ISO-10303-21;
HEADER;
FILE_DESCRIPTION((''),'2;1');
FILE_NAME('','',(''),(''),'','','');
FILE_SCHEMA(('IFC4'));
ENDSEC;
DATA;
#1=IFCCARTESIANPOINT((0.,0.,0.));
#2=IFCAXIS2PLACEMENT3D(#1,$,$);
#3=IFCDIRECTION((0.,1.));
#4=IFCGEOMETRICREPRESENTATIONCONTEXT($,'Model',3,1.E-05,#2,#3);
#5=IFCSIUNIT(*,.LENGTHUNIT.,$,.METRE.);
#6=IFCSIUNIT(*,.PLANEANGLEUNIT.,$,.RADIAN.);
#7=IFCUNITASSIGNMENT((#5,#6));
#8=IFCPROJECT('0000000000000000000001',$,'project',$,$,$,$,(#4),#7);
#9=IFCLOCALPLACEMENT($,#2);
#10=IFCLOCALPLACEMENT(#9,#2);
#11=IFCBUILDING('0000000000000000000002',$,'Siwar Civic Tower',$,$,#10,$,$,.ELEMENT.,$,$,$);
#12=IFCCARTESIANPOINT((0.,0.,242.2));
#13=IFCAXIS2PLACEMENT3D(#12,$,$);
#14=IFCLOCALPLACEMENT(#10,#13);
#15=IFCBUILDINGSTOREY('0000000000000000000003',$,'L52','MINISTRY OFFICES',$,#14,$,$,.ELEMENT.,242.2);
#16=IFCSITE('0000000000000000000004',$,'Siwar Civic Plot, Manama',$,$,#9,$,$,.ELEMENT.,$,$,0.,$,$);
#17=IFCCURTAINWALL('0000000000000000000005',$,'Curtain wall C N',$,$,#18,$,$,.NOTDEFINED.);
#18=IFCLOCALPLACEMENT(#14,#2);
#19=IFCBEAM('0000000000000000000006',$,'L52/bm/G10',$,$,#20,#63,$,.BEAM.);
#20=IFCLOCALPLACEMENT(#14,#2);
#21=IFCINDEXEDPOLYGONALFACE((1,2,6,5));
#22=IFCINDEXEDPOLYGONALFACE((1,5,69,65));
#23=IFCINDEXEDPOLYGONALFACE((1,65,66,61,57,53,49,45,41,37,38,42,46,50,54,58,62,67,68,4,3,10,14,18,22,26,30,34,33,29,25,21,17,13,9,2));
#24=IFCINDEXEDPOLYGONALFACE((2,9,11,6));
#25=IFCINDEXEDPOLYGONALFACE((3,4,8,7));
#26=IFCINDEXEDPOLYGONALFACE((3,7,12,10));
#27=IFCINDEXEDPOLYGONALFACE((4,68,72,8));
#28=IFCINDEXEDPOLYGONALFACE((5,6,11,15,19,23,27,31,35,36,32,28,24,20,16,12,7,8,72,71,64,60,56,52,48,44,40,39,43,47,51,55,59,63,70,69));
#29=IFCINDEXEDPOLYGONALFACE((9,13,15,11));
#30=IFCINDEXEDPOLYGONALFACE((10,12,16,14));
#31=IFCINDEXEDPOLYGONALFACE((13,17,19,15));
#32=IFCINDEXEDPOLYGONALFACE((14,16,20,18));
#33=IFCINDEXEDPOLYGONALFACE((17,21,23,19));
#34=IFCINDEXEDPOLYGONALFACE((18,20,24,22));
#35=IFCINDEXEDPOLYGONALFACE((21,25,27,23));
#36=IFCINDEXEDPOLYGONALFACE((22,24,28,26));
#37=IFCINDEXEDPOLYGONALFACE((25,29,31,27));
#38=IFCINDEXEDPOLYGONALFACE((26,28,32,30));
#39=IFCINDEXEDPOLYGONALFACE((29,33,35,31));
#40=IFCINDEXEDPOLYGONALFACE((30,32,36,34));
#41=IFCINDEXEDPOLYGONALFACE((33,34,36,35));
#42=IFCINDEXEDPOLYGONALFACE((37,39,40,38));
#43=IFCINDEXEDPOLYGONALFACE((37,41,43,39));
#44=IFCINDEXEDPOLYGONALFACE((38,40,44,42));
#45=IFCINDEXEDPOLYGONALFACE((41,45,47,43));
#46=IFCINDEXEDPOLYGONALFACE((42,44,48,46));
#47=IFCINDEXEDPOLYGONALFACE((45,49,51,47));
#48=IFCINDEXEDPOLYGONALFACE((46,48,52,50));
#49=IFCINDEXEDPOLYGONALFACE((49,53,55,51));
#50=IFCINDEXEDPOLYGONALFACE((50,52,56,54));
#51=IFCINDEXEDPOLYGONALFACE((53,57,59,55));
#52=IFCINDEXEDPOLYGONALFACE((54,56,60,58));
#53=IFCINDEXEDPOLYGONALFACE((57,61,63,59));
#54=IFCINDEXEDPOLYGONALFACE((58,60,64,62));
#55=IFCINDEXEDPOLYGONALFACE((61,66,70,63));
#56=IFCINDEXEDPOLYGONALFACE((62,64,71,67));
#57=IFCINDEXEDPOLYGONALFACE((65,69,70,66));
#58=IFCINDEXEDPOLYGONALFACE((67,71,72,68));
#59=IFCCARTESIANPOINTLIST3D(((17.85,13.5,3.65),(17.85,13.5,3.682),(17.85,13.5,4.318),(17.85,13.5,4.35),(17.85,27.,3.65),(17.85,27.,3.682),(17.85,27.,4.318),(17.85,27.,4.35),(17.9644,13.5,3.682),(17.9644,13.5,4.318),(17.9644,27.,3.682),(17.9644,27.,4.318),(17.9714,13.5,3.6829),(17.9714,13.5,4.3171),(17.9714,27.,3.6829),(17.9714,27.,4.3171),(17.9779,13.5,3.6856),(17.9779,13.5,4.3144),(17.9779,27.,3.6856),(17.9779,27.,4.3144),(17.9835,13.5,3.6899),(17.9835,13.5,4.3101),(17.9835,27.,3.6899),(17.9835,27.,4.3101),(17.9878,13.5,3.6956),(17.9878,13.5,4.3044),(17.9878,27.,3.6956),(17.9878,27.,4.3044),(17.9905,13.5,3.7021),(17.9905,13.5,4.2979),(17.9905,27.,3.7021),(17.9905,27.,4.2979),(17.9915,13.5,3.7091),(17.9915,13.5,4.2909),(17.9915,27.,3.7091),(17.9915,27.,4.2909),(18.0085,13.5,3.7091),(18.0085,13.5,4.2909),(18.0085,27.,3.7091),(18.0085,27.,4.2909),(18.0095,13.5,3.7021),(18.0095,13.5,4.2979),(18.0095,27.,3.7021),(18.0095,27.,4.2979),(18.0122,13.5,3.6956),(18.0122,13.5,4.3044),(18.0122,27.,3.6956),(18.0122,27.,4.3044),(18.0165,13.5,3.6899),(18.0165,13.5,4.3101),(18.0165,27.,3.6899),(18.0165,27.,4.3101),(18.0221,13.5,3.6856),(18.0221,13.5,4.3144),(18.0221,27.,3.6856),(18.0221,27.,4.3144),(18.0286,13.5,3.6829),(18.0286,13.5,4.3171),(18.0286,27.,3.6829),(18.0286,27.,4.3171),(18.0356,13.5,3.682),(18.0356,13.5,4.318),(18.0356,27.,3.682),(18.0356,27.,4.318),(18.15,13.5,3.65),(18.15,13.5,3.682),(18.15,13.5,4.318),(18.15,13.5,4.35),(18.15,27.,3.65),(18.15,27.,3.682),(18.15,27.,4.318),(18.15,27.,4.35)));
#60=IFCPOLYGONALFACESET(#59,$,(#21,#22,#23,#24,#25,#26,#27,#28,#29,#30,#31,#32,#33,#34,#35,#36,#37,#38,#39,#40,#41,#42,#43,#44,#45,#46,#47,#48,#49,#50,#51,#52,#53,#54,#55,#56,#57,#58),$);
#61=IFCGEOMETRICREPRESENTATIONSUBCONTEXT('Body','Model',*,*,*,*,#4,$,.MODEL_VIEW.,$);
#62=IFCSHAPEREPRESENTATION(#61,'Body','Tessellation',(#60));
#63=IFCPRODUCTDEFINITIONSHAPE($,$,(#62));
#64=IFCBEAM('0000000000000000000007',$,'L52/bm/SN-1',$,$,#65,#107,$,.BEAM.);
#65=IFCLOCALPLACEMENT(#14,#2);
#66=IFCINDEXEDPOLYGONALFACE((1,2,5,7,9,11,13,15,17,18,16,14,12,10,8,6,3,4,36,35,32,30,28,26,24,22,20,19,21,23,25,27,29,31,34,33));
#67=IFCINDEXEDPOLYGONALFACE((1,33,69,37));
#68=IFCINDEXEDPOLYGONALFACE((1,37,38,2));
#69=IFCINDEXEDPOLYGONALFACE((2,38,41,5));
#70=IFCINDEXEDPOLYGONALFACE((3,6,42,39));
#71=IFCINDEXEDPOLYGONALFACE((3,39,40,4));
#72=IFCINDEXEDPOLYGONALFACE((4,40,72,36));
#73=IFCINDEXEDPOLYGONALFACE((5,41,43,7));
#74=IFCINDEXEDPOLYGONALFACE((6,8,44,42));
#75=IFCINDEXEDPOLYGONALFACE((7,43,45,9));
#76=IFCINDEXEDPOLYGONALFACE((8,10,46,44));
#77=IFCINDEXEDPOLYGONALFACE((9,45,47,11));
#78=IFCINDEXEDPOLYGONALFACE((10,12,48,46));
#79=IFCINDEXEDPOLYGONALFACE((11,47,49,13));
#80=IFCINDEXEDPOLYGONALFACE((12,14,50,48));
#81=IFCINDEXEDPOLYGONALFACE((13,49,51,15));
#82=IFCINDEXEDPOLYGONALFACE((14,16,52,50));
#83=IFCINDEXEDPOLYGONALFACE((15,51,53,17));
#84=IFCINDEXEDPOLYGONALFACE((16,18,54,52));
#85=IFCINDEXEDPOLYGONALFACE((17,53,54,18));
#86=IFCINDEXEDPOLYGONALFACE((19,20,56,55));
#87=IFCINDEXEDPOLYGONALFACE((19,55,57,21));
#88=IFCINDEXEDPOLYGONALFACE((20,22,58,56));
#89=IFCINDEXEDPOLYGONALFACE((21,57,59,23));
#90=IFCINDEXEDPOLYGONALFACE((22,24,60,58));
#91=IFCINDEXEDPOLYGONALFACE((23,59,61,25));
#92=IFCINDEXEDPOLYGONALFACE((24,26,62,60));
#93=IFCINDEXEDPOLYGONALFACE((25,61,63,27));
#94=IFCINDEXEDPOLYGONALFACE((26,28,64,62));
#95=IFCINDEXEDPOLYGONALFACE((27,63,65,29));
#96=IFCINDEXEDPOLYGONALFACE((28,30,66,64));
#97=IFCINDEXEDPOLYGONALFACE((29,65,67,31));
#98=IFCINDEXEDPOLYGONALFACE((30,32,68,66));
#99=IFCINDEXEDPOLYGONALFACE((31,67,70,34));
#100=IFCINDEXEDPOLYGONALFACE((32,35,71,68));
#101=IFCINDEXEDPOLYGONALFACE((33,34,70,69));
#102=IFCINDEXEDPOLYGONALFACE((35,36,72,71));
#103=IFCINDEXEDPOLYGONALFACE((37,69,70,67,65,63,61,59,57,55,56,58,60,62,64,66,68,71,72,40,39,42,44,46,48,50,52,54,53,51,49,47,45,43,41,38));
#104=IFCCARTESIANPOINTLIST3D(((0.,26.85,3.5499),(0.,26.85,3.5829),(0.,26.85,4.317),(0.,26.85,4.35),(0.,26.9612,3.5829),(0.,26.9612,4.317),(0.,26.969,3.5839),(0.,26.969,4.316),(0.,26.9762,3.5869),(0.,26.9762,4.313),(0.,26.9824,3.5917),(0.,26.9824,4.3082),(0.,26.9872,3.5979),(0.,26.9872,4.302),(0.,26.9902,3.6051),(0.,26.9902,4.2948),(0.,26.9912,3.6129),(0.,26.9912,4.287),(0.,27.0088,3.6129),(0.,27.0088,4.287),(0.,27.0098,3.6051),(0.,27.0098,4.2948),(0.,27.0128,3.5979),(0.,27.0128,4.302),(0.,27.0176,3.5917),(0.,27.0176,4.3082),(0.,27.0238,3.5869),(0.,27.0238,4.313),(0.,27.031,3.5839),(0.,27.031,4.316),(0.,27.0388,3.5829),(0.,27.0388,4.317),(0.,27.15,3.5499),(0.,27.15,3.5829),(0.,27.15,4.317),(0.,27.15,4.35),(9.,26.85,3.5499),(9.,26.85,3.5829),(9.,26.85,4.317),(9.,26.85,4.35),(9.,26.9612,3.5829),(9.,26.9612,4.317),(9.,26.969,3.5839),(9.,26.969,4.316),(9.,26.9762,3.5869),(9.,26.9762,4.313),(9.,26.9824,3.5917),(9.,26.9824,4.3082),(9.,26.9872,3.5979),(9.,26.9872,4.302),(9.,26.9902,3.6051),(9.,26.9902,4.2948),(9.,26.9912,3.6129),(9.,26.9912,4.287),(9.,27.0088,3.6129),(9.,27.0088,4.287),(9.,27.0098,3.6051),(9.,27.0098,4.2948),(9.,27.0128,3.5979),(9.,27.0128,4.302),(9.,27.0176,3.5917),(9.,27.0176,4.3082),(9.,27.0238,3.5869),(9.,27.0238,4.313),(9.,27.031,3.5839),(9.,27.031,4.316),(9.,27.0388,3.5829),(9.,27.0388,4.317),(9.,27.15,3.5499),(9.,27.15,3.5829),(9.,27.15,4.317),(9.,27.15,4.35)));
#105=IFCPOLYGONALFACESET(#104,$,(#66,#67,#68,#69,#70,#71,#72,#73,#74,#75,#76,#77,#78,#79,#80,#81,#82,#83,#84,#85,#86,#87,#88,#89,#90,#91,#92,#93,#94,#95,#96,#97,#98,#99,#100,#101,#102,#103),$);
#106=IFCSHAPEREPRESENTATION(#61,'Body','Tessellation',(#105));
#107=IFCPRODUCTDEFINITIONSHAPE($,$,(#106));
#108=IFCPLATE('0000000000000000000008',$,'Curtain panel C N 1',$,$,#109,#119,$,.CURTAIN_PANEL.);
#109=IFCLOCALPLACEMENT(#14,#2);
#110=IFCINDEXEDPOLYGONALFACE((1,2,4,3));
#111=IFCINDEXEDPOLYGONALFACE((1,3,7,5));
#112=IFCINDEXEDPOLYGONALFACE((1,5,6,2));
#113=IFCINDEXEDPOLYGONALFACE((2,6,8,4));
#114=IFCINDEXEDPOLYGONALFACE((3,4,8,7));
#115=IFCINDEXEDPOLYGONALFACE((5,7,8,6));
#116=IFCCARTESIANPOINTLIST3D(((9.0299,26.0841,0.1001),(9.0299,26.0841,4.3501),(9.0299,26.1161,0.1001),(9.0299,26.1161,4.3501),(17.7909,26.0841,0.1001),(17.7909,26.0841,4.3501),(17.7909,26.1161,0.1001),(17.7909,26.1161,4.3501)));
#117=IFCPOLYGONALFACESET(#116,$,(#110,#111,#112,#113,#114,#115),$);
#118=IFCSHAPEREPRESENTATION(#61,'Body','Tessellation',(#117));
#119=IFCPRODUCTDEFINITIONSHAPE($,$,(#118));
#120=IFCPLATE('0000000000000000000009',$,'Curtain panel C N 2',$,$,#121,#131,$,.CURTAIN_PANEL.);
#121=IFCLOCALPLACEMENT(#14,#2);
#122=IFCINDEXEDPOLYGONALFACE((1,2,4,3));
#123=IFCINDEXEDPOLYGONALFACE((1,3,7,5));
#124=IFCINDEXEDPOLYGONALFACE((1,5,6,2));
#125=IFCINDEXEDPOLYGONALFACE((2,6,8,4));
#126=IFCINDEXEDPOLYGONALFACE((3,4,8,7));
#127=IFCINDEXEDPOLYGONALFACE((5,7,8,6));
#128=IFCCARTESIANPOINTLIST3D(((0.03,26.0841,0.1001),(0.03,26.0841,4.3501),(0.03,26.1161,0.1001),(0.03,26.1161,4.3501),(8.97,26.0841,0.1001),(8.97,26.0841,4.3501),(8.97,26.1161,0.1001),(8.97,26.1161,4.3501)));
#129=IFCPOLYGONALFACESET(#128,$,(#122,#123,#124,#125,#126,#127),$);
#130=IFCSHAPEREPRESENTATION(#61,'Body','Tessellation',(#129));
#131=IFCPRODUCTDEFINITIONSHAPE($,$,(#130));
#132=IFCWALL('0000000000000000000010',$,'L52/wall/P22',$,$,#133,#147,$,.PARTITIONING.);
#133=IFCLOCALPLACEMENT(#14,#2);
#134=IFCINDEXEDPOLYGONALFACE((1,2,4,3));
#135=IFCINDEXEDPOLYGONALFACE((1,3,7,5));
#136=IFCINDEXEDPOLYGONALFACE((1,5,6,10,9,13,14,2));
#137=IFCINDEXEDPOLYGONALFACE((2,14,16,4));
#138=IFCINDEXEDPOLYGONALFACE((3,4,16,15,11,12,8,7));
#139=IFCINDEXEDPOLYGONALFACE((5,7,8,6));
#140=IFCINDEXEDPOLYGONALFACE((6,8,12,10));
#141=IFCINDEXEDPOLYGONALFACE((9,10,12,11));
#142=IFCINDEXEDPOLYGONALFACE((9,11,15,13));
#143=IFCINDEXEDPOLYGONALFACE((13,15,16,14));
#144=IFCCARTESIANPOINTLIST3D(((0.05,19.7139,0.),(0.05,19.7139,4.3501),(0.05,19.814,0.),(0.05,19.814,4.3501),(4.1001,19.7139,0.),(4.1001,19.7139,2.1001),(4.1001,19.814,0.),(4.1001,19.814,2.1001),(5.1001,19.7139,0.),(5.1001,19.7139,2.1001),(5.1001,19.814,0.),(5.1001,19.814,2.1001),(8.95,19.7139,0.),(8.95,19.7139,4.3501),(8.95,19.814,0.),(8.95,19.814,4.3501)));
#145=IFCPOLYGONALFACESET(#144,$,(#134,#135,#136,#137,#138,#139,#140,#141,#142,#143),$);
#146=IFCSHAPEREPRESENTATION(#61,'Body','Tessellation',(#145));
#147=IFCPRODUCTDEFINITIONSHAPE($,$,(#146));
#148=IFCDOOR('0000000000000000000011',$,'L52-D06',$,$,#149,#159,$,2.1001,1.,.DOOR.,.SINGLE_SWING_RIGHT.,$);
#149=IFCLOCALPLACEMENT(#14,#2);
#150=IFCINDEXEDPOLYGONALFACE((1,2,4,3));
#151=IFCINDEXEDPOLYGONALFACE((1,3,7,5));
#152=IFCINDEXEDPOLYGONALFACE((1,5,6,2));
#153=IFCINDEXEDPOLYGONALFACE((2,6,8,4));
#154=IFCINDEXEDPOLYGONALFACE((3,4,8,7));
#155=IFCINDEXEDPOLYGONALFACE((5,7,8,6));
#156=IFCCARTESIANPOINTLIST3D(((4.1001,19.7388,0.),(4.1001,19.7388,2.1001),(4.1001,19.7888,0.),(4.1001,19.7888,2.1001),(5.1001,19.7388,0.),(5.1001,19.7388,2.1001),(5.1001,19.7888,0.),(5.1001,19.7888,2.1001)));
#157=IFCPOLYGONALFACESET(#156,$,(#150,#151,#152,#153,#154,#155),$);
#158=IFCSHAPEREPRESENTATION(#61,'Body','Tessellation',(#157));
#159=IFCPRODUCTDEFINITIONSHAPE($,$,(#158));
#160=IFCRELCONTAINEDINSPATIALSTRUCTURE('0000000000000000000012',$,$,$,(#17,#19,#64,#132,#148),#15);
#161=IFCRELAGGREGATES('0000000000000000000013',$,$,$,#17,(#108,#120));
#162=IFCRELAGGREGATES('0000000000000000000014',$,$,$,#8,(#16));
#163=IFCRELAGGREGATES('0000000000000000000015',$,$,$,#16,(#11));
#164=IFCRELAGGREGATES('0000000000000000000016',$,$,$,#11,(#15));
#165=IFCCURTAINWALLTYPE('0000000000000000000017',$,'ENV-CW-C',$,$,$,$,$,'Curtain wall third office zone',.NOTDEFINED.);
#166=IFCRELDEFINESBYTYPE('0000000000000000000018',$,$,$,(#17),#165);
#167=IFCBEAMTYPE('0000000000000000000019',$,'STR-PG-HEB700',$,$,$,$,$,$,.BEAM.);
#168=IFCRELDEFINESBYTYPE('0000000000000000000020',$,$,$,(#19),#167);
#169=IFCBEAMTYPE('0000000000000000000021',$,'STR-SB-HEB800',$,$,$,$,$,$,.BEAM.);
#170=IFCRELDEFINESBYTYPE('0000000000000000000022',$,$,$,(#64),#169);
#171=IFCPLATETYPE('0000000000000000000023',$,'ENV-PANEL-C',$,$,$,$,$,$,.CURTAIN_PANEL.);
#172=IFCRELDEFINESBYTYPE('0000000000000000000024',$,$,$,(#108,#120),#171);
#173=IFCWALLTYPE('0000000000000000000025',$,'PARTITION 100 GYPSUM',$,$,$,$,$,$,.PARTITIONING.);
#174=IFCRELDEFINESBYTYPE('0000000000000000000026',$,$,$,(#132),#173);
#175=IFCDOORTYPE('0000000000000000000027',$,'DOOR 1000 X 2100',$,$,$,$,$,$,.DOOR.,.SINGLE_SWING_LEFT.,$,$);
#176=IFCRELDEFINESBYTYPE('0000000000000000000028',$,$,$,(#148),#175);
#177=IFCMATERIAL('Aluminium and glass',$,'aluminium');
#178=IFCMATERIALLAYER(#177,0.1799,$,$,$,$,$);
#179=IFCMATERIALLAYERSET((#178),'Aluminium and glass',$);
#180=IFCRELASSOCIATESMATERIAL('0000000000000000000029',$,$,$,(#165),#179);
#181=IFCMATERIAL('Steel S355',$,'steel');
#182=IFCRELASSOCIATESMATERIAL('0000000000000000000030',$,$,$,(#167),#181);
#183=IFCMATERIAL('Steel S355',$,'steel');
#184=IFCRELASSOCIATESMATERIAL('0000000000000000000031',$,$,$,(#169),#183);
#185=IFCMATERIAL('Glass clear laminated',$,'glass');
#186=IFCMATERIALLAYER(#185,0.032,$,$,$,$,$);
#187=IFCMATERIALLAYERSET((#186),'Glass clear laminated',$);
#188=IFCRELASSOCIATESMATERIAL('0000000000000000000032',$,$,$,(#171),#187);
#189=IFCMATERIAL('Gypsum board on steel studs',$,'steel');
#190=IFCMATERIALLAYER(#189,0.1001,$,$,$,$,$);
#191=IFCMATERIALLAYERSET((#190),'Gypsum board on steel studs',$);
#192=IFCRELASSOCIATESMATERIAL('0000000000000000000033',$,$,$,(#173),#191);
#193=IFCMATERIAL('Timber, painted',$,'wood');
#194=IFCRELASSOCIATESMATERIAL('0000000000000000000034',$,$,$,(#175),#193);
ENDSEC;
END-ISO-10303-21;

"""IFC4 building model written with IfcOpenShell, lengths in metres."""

from ifc_helpers import new_model, si_unit, direction, frame, frame_2d, origin, origin_2d, place, context, subcontext, project, spatial, rectangle, i_section, extrude, material, layer, layer_set, material_profile, profile_set, type_object, element, fill, aggregate, save


model = new_model("IFC4")

# Units and contexts
model_context = context("Model", 3, precision=1e-05, world=origin(), true_north=direction((0.0, 1.0)))
body_context = subcontext(model_context, "Body", "Model", "MODEL_VIEW")
ifc_project = project(units=[si_unit("LENGTHUNIT", "METRE"), si_unit("PLANEANGLEUNIT", "RADIAN")], contexts=[model_context])

# Site, building, storey
site_placement = place(None, origin())
site = spatial("IfcSite", under=ifc_project, at=site_placement, Name="Siwar Civic Plot, Manama", CompositionType="ELEMENT", RefElevation=0.0)
building_placement = place(site_placement, origin())
building = spatial("IfcBuilding", under=site, at=building_placement, Name="Siwar Civic Tower", CompositionType="ELEMENT")
storey_placement = place(building_placement, frame((0.0, 0.0, 242.2)))
storey = spatial("IfcBuildingStorey", under=building, at=storey_placement, Name="L52", Description="MINISTRY OFFICES", CompositionType="ELEMENT", Elevation=242.2)

# Curtain wall
ifc_material_1 = material(Name="Aluminium and glass", Category="aluminium")
ifc_layer_1 = layer(ifc_material_1, 0.1799)
ifc_layer_set_1 = layer_set([ifc_layer_1], Name="Aluminium and glass")
curtain_wall_type = type_object("IfcCurtainWallType", Name="ENV-CW-C", ElementType="Curtain wall third office zone", PredefinedType="NOTDEFINED", material=ifc_layer_set_1)
curtain_wall_placement = place(storey_placement, origin())
curtain_wall = element("IfcCurtainWall", 1, at=curtain_wall_placement, inside=storey, type_object=curtain_wall_type, Name="Curtain wall C N", PredefinedType="NOTDEFINED")

# Beams
ifc_material_2 = material(Name="Steel S355", Category="steel")
ifc_material_profile_1 = material_profile(ifc_material_2, i_section(OverallWidth=0.3, OverallDepth=0.7, WebThickness=0.0171, FlangeThickness=0.032, FilletRadius=0.0271, at=origin_2d()), Name="HEB700")
ifc_profile_set_1 = profile_set([ifc_material_profile_1], Name="Steel S355")
beam_type_1 = type_object("IfcBeamType", Name="STR-PG-HEB700", PredefinedType="BEAM", material=ifc_profile_set_1)
for number, where, z_axis, x_axis, name in (
    (2, (18.0, 13.5, 4.0), (0.0, 1.0, 0.0), (-1.0, 0.0, 0.0), "L52/bm/G10"),
):
    element("IfcBeam", number, at=place(storey_placement, frame(where, z_axis=z_axis, x_axis=x_axis)), inside=storey, type_object=beam_type_1, Name=name, PredefinedType="BEAM", context=body_context, shape_type="SweptSolid", body=[
        extrude(i_section(OverallWidth=0.3, OverallDepth=0.7, WebThickness=0.0171, FlangeThickness=0.032, FilletRadius=0.0271, at=origin_2d()), origin(), (0.0, 0.0, 1.0), 13.5),
    ])
ifc_material_3 = material(Name="Steel S355", Category="steel")
ifc_material_profile_2 = material_profile(ifc_material_3, i_section(OverallWidth=0.3, OverallDepth=0.8, WebThickness=0.0176, FlangeThickness=0.033, FilletRadius=0.03, at=origin_2d()), Name="HEB800")
ifc_profile_set_2 = profile_set([ifc_material_profile_2], Name="Steel S355")
beam_type_2 = type_object("IfcBeamType", Name="STR-SB-HEB800", PredefinedType="BEAM", material=ifc_profile_set_2)
beam_1_placement = place(storey_placement, frame((9.0, 27.0, 3.95), z_axis=(-1.0, 0.0, 0.0), x_axis=(0.0, -1.0, 0.0)))
element("IfcBeam", 3, at=beam_1_placement, inside=storey, type_object=beam_type_2, Name="L52/bm/SN-1", PredefinedType="BEAM", context=body_context, shape_type="SweptSolid", body=[
    extrude(i_section(OverallWidth=0.3, OverallDepth=0.8, WebThickness=0.0176, FlangeThickness=0.033, FilletRadius=0.03, at=origin_2d()), origin(), (0.0, 0.0, 1.0), 9.0),
])

# Plates
ifc_material_4 = material(Name="Glass clear laminated", Category="glass")
ifc_layer_2 = layer(ifc_material_4, 0.032)
ifc_layer_set_2 = layer_set([ifc_layer_2], Name="Glass clear laminated")
plate_type = type_object("IfcPlateType", Name="ENV-PANEL-C", PredefinedType="CURTAIN_PANEL", material=ifc_layer_set_2)
plate_1_placement = place(storey_placement, frame((13.4104, 26.1001, 0.1001), z_axis=(0.0, 0.0, 1.0), x_axis=(-1.0, 0.0, 0.0)))
plate_1 = element("IfcPlate", 4, at=plate_1_placement, type_object=plate_type, Name="Curtain panel C N 1", PredefinedType="CURTAIN_PANEL", context=body_context, shape_type="SweptSolid", body=[
    extrude(rectangle(XDim=8.761, YDim=0.032, at=origin_2d()), origin(), (0.0, 0.0, 1.0), 4.25),
])
plate_2_placement = place(storey_placement, frame((4.5, 26.1001, 0.1001), z_axis=(0.0, 0.0, 1.0), x_axis=(-1.0, 0.0, 0.0)))
plate_2 = element("IfcPlate", 5, at=plate_2_placement, type_object=plate_type, Name="Curtain panel C N 2", PredefinedType="CURTAIN_PANEL", context=body_context, shape_type="SweptSolid", body=[
    extrude(rectangle(XDim=8.9399, YDim=0.032, at=origin_2d()), origin(), (0.0, 0.0, 1.0), 4.25),
])
aggregate(curtain_wall, [plate_1, plate_2])

# Wall, opening, door
ifc_material_5 = material(Name="Gypsum board on steel studs", Category="steel")
ifc_layer_3 = layer(ifc_material_5, 0.1001)
ifc_layer_set_3 = layer_set([ifc_layer_3], Name="Gypsum board on steel studs")
wall_type = type_object("IfcWallType", Name="PARTITION 100 GYPSUM", PredefinedType="PARTITIONING", material=ifc_layer_set_3)
wall_1_placement = place(storey_placement, frame((0.05, 19.7639, 0.0), z_axis=(0.0, 0.0, 1.0), x_axis=(1.0, 0.0, 0.0)))
wall_1 = element("IfcWall", 6, at=wall_1_placement, inside=storey, type_object=wall_type, Name="L52/wall/P22", PredefinedType="PARTITIONING", context=body_context, shape_type="SweptSolid", body=[
    extrude(rectangle(XDim=8.8999, YDim=0.1001, at=frame_2d((4.45, 0.0))), origin(), (0.0, 0.0, 1.0), 4.3501),
])
opening_1_placement = place(wall_1_placement, frame((4.05, 0.0, 0.0)))
opening_1 = element("IfcOpeningElement", 7, at=opening_1_placement, cuts=wall_1, PredefinedType="OPENING", context=body_context, shape_type="SweptSolid", body=[
    extrude(rectangle(XDim=1.0, YDim=2.1001, at=frame_2d((0.5, 1.05))), frame((0.0, 0.0601, 0.0), z_axis=(0.0, -1.0, 0.0), x_axis=(1.0, 0.0, 0.0)), (0.0, 0.0, 1.0), 0.1201),
])
ifc_material_6 = material(Name="Timber, painted", Category="wood")
door_type = type_object("IfcDoorType", Name="DOOR 1000 X 2100", OperationType="SINGLE_SWING_LEFT", PredefinedType="DOOR", material=ifc_material_6)
door_1_placement = place(opening_1_placement, origin())
door_1 = element("IfcDoor", 8, at=door_1_placement, inside=storey, type_object=door_type, Name="L52-D06", OperationType="SINGLE_SWING_RIGHT", OverallHeight=2.1001, OverallWidth=1.0, PredefinedType="DOOR", context=body_context, shape_type="SweptSolid", body=[
    extrude(rectangle(XDim=1.0, YDim=2.1001, at=frame_2d((0.5, 1.05))), frame((0.0, 0.0249, 0.0), z_axis=(0.0, -1.0, 0.0), x_axis=(1.0, 0.0, 0.0)), (0.0, 0.0, 1.0), 0.05),
])
fill(opening_1, door_1)

save(model, "model.ifc")
